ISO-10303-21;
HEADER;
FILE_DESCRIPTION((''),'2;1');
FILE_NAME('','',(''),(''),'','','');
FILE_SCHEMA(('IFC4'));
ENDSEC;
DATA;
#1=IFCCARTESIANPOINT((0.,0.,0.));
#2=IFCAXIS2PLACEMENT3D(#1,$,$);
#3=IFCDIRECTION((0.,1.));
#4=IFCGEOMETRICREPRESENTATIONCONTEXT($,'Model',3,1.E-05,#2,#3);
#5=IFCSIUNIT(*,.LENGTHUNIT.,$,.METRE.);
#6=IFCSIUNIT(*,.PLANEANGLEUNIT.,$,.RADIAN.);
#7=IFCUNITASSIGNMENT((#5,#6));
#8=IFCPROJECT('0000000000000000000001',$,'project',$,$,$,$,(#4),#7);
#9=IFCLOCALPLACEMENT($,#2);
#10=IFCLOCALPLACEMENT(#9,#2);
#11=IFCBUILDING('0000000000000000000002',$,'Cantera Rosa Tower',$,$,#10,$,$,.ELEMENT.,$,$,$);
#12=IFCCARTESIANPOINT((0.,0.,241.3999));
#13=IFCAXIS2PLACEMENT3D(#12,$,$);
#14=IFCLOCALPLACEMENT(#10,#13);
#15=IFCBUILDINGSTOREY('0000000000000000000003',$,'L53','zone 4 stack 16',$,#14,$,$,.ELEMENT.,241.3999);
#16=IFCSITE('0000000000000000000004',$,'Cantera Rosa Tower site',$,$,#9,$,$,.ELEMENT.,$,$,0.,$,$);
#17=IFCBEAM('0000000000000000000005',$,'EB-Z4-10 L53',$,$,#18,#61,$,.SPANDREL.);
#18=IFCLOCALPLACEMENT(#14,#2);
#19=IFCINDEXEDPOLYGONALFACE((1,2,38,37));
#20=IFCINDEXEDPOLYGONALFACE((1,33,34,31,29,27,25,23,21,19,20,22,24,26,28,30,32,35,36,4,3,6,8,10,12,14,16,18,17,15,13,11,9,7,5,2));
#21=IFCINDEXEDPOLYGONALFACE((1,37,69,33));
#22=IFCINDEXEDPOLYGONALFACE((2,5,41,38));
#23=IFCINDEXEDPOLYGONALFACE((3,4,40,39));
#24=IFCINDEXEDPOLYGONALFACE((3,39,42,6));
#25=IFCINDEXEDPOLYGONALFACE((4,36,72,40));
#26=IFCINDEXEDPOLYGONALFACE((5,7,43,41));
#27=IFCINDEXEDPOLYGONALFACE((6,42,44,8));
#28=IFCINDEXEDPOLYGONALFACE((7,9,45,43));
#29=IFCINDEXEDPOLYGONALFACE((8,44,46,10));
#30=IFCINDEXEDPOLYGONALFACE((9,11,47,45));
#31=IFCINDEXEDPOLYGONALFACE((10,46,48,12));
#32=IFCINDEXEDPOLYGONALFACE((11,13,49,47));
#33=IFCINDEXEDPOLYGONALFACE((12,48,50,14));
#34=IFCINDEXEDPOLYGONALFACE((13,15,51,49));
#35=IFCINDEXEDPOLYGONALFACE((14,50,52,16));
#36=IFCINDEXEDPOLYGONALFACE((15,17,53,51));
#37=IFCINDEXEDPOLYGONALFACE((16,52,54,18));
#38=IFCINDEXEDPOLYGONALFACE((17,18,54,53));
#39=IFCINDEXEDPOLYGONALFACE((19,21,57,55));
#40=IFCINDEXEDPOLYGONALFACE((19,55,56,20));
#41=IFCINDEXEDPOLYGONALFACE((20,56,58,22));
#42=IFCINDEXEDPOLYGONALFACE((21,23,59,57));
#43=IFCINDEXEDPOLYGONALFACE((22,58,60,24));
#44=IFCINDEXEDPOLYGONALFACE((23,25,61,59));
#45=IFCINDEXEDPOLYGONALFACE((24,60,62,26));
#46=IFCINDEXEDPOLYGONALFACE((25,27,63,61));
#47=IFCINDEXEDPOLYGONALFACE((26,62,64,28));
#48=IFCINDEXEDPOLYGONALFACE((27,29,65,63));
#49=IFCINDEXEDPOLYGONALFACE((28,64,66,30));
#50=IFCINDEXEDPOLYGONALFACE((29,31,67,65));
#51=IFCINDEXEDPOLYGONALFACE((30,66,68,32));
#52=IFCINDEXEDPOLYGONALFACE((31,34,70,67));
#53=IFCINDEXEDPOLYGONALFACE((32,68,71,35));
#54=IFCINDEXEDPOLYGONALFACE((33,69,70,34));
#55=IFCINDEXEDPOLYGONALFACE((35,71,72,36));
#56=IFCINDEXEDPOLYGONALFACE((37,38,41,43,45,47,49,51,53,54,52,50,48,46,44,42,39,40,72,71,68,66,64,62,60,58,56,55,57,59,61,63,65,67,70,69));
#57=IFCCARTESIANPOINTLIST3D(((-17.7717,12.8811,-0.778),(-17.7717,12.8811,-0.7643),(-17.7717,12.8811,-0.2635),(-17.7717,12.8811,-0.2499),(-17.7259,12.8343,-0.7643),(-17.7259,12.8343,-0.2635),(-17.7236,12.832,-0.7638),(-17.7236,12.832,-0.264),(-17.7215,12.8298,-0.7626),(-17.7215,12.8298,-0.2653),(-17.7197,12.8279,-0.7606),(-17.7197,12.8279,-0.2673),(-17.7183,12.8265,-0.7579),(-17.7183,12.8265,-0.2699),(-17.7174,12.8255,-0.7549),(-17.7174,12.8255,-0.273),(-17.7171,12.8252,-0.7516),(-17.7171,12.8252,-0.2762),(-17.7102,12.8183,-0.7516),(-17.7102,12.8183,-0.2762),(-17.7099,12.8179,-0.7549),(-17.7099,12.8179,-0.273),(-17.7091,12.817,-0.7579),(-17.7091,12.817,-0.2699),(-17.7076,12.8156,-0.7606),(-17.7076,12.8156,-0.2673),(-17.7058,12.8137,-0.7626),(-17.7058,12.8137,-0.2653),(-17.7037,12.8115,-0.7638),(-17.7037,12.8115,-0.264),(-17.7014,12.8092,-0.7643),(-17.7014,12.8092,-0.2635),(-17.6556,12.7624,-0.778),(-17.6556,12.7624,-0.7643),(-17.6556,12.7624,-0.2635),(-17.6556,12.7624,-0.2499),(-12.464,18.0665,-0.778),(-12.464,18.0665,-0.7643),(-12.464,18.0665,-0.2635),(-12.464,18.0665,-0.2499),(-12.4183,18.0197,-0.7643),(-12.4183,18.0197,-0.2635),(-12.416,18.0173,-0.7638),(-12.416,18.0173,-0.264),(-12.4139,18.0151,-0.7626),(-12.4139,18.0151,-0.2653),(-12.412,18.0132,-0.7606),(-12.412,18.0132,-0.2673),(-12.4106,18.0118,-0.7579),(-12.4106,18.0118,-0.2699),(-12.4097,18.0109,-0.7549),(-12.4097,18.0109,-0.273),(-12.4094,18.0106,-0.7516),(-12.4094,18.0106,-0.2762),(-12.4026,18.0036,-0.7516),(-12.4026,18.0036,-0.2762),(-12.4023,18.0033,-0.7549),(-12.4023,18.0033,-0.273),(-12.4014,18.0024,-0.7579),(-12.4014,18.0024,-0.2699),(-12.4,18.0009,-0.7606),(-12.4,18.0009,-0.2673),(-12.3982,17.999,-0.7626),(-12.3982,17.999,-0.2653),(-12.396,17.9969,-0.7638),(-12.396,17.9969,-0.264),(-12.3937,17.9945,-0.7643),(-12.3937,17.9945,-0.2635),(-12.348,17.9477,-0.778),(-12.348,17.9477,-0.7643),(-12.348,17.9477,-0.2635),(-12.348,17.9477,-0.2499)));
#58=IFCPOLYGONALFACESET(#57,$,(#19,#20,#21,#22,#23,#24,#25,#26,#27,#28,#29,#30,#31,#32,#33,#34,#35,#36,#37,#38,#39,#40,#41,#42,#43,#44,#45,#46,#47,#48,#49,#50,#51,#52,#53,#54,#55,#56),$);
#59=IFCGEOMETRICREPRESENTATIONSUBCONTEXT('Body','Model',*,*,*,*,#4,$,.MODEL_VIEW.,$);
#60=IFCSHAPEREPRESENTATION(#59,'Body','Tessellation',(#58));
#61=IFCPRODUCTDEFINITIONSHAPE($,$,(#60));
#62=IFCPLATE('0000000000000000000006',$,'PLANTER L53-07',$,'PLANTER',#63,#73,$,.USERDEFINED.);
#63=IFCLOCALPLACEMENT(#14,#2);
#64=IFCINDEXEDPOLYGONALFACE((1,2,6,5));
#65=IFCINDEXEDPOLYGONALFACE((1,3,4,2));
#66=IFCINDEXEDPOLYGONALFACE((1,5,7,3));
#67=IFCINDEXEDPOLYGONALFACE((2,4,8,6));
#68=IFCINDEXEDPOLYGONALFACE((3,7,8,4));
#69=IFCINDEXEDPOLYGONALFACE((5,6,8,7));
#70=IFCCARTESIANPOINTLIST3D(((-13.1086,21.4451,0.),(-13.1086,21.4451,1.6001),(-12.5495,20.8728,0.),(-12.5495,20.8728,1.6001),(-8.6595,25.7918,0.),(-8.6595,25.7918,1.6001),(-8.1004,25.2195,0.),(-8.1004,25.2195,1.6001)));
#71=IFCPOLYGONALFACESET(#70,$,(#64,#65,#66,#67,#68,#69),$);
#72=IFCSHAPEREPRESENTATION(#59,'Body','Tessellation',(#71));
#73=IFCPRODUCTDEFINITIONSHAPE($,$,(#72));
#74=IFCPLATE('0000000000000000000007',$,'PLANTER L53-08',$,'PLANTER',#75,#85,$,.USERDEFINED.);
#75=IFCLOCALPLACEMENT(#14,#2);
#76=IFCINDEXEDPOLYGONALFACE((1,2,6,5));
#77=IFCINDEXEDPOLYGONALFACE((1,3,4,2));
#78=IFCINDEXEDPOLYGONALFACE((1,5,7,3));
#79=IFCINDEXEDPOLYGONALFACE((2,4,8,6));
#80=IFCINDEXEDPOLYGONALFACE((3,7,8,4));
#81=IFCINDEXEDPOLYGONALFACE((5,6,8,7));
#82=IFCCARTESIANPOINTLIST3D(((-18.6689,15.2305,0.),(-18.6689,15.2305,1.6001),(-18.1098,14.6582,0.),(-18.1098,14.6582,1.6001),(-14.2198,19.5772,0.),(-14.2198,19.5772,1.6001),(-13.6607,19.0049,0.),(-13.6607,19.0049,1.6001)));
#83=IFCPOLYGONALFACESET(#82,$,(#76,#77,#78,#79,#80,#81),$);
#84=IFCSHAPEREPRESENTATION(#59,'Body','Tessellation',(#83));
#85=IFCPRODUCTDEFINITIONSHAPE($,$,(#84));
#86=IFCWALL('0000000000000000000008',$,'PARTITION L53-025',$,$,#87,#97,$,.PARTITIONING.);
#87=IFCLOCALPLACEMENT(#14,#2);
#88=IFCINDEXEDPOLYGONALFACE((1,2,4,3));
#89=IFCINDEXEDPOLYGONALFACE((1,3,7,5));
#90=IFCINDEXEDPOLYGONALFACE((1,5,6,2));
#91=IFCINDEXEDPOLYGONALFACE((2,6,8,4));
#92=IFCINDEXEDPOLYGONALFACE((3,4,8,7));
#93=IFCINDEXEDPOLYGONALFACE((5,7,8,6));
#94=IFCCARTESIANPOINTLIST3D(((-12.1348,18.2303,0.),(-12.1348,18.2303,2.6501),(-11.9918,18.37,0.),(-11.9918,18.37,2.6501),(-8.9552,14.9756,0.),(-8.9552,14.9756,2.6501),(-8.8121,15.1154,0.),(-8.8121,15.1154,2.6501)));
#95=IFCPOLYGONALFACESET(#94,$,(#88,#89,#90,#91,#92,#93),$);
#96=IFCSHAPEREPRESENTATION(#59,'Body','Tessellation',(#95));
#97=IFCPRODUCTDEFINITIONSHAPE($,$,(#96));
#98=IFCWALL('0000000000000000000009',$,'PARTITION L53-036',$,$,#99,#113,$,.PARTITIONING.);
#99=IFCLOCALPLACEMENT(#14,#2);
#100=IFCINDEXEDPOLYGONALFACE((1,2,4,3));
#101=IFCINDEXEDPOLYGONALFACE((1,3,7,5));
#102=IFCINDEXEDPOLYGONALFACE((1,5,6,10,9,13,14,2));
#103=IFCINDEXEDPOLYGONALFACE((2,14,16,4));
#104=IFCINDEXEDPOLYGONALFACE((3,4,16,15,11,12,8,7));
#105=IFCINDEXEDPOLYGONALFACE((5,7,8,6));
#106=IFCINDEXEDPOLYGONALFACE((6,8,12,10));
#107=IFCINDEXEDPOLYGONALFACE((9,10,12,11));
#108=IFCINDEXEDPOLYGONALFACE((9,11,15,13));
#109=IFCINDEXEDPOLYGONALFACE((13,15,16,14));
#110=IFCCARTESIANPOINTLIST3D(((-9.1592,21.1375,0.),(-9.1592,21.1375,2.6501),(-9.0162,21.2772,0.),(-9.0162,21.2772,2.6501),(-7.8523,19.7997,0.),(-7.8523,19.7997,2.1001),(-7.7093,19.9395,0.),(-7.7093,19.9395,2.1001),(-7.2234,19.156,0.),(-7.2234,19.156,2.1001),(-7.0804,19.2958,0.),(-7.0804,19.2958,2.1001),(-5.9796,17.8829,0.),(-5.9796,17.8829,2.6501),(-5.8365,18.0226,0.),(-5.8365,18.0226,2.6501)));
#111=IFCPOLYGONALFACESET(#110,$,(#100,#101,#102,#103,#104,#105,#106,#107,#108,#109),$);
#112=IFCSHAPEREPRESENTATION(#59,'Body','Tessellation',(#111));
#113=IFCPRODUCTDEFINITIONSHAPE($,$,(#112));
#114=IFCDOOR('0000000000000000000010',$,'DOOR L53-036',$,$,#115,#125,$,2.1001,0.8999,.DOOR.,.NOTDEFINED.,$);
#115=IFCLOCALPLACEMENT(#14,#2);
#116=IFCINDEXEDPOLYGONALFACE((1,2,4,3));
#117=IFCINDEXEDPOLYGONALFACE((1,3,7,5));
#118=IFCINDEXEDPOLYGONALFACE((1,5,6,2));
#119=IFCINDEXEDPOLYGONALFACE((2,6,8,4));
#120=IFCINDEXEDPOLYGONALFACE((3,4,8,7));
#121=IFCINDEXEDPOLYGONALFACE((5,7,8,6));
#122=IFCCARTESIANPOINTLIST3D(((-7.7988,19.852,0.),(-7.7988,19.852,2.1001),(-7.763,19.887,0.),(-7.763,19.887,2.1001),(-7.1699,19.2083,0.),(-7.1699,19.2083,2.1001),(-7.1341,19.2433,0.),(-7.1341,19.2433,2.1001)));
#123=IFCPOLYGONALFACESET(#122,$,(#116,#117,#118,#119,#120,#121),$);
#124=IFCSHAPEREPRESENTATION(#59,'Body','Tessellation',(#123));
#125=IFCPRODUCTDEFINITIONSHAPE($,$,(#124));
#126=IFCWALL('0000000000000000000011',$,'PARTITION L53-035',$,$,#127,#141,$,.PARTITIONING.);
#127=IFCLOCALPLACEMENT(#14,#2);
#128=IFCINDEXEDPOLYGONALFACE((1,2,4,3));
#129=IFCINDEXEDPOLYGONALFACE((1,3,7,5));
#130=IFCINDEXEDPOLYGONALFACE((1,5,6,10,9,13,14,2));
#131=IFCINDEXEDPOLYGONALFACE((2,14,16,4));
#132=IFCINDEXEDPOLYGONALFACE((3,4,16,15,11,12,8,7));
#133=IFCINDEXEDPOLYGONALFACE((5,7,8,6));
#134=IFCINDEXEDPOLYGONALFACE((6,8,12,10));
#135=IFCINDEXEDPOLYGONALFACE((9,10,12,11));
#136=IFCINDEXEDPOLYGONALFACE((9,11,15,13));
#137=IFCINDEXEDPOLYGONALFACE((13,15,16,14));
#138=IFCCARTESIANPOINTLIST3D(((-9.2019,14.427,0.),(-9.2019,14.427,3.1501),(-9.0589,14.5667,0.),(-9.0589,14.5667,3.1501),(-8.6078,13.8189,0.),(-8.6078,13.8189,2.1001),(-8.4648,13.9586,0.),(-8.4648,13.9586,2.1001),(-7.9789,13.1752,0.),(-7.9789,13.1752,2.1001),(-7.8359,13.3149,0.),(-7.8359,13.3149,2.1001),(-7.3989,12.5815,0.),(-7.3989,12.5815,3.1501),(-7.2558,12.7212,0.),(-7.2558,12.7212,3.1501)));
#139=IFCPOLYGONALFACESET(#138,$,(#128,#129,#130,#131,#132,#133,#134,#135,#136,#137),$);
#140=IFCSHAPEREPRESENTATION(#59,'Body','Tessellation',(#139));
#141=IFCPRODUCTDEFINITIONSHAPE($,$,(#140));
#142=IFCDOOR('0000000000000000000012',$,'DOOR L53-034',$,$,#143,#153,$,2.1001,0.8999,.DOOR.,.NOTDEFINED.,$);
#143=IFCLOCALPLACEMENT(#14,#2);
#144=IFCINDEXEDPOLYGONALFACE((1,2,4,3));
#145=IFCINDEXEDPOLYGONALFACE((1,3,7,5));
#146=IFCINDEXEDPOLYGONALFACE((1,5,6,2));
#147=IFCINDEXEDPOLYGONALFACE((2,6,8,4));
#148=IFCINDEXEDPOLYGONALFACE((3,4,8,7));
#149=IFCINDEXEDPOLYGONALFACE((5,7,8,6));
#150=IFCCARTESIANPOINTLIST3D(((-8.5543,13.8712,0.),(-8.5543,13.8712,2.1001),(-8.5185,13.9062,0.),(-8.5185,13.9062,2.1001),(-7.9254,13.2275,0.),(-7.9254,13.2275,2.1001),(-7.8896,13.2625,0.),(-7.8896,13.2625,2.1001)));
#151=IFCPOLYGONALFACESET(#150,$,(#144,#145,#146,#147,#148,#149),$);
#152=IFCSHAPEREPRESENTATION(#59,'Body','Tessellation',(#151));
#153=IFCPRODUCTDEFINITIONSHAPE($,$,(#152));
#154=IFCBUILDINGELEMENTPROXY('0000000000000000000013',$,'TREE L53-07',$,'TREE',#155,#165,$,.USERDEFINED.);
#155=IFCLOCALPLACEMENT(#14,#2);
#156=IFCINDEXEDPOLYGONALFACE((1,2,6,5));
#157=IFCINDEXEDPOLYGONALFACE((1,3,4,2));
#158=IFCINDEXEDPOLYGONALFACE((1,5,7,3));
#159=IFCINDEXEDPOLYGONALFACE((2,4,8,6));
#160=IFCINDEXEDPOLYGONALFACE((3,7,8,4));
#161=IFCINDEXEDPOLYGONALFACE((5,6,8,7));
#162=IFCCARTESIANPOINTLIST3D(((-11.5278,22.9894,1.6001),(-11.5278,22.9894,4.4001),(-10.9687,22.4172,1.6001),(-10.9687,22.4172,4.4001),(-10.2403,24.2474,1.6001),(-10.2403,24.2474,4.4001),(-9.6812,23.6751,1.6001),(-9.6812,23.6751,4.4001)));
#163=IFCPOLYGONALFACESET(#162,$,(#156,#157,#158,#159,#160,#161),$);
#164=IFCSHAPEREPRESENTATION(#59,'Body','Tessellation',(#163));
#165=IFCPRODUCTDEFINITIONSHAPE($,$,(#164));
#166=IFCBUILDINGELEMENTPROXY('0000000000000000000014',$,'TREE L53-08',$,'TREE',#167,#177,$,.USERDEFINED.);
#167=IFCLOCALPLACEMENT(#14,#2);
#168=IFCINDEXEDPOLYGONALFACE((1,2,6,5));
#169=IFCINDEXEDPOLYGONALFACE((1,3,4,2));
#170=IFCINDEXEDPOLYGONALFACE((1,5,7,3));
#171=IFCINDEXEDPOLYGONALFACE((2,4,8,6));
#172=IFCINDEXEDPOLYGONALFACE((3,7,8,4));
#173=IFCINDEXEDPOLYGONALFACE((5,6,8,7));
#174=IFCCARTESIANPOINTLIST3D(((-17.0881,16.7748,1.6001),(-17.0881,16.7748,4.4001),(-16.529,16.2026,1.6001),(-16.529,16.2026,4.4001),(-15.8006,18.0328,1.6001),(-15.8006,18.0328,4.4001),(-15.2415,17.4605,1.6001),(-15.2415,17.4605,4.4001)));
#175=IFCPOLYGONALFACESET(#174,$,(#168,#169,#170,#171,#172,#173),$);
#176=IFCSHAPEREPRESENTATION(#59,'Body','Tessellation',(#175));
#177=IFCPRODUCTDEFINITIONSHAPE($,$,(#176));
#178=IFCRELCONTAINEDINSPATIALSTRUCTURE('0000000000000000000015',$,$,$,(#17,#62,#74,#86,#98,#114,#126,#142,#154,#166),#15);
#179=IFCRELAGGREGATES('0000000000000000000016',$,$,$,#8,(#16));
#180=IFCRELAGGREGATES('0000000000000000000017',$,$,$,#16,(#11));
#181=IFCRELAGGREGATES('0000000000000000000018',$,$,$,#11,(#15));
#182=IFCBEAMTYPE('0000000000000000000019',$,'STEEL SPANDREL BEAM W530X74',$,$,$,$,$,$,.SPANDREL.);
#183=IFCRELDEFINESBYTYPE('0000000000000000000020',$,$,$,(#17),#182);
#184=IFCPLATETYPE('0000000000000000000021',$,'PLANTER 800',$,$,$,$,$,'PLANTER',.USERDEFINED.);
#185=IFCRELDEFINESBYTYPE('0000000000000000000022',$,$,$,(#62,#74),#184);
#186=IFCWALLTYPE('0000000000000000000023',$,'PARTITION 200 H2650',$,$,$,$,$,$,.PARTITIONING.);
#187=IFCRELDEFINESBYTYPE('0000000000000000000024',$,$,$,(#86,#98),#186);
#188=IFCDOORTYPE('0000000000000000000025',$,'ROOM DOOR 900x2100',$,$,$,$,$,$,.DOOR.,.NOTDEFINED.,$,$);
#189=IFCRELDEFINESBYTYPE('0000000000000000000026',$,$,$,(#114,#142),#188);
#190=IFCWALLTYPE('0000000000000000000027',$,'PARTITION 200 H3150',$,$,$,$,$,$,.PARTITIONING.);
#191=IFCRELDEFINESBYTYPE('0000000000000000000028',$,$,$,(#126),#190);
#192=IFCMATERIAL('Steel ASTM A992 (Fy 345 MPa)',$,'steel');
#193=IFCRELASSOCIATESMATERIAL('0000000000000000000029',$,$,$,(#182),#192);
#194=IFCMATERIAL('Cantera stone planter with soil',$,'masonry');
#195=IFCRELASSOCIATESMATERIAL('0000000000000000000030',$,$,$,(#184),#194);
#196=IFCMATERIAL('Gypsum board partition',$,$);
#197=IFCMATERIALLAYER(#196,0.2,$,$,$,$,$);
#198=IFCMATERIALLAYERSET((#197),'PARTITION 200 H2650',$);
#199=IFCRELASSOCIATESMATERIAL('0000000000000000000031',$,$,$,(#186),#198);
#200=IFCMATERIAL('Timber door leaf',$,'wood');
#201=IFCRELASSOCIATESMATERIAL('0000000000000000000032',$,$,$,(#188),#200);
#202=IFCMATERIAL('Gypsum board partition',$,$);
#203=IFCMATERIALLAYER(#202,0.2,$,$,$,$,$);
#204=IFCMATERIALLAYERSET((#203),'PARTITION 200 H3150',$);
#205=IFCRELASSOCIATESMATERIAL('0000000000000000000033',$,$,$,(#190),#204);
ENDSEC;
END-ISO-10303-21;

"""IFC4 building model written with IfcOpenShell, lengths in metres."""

from ifc_helpers import new_model, si_unit, direction, frame, frame_2d, origin, origin_2d, place, context, subcontext, project, spatial, rectangle, i_section, extrude, material, layer, layer_set, material_profile, profile_set, type_object, element, fill, save


model = new_model("IFC4")

# Units and contexts
model_context = context("Model", 3, precision=1e-05, world=origin(), true_north=direction((0.0, 1.0)))
body_context = subcontext(model_context, "Body", "Model", "MODEL_VIEW")
ifc_project = project(units=[si_unit("LENGTHUNIT", "METRE"), si_unit("PLANEANGLEUNIT", "RADIAN")], contexts=[model_context])

# Site, building, storey
site_placement = place(None, origin())
site = spatial("IfcSite", under=ifc_project, at=site_placement, Name="Cantera Rosa Tower site", CompositionType="ELEMENT", RefElevation=0.0)
building_placement = place(site_placement, origin())
building = spatial("IfcBuilding", under=site, at=building_placement, Name="Cantera Rosa Tower", CompositionType="ELEMENT")
storey_placement = place(building_placement, frame((0.0, 0.0, 241.3999)))
storey = spatial("IfcBuildingStorey", under=building, at=storey_placement, Name="L53", Description="zone 4 stack 16", CompositionType="ELEMENT", Elevation=241.3999)

# Beam
ifc_material_1 = material(Name="Steel ASTM A992 (Fy 345 MPa)", Category="steel")
ifc_material_profile_1 = material_profile(ifc_material_1, i_section(OverallWidth=0.166, OverallDepth=0.5281, WebThickness=0.0098, FlangeThickness=0.0137, FilletRadius=0.0127, at=origin_2d()), Name="W530X74")
ifc_profile_set_1 = profile_set([ifc_material_profile_1], Name="Steel ASTM A992 (Fy 345 MPa)")
beam_type_1 = type_object("IfcBeamType", Name="STEEL SPANDREL BEAM W530X74", PredefinedType="SPANDREL", material=ifc_profile_set_1)
beam_1_placement = place(storey_placement, frame((-12.406, 18.0071, -0.5139), z_axis=(-0.715301, -0.698817, 0.0), x_axis=(0.698817, -0.715301, 0.0)))
element("IfcBeam", 1, at=beam_1_placement, inside=storey, type_object=beam_type_1, Name="EB-Z4-10 L53", PredefinedType="SPANDREL", context=body_context, shape_type="SweptSolid", body=[
    extrude(i_section(OverallWidth=0.166, OverallDepth=0.5281, WebThickness=0.0098, FlangeThickness=0.0137, FilletRadius=0.0127, at=origin_2d()), origin(), (0.0, 0.0, 1.0), 7.4202),
])

# Plates
ifc_material_2 = material(Name="Cantera stone planter with soil", Category="masonry")
plate_type = type_object("IfcPlateType", Name="PLANTER 800", ElementType="PLANTER", PredefinedType="USERDEFINED", material=ifc_material_2)
for number, where, z_axis, x_axis, name in (
    (2, (-10.6045, 23.3323, 0.0), (0.0, 0.0, 1.0), (-0.715286, -0.698832, 0.0), "PLANTER L53-07"),
    (3, (-16.1648, 17.1177, 0.0), (0.0, 0.0, 1.0), (-0.715286, -0.698832, 0.0), "PLANTER L53-08"),
):
    element("IfcPlate", number, at=place(storey_placement, frame(where, z_axis=z_axis, x_axis=x_axis)), inside=storey, type_object=plate_type, Name=name, ObjectType="PLANTER", PredefinedType="USERDEFINED", context=body_context, shape_type="SweptSolid", body=[
        extrude(rectangle(XDim=6.22, YDim=0.8, at=origin_2d()), origin(), (0.0, 0.0, 1.0), 1.6001),
    ])

# Wall
ifc_material_3 = material(Name="Gypsum board partition")
ifc_layer_1 = layer(ifc_material_3, 0.2)
ifc_layer_set_1 = layer_set([ifc_layer_1], Name="PARTITION 200 H2650")
wall_type_1 = type_object("IfcWallType", Name="PARTITION 200 H2650", PredefinedType="PARTITIONING", material=ifc_layer_set_1)
wall_1_placement = place(storey_placement, frame((-12.0632, 18.3, 0.0), z_axis=(0.0, 0.0, 1.0), x_axis=(0.698823, -0.715295, 0.0)))
element("IfcWall", 4, at=wall_1_placement, inside=storey, type_object=wall_type_1, Name="PARTITION L53-025", PredefinedType="PARTITIONING", context=body_context, shape_type="SweptSolid", body=[
    extrude(rectangle(XDim=4.55, YDim=0.2, at=frame_2d((2.2749, 0.0))), origin(), (0.0, 0.0, 1.0), 2.6501),
])

# Walls, openings, doors
wall_2_placement = place(storey_placement, frame((-9.0876, 21.2073, 0.0), z_axis=(0.0, 0.0, 1.0), x_axis=(0.698823, -0.715295, 0.0)))
wall_2 = element("IfcWall", 5, at=wall_2_placement, inside=storey, type_object=wall_type_1, Name="PARTITION L53-036", PredefinedType="PARTITIONING", context=body_context, shape_type="SweptSolid", body=[
    extrude(rectangle(XDim=4.55, YDim=0.2, at=frame_2d((2.2749, 0.0))), origin(), (0.0, 0.0, 1.0), 2.6501),
])
opening_1_placement = place(wall_2_placement, frame((1.8701, 0.0, 0.0)))
opening_1 = element("IfcOpeningElement", 6, at=opening_1_placement, cuts=wall_2, PredefinedType="OPENING", context=body_context, shape_type="SweptSolid", body=[
    extrude(rectangle(XDim=0.8999, YDim=2.1001, at=frame_2d((0.45, 1.05))), frame((0.0, 0.1099, 0.0), z_axis=(0.0, -1.0, 0.0), x_axis=(1.0, 0.0, 0.0)), (0.0, 0.0, 1.0), 0.22),
])
ifc_material_4 = material(Name="Timber door leaf", Category="wood")
door_type_1 = type_object("IfcDoorType", Name="ROOM DOOR 900x2100", OperationType="NOTDEFINED", PredefinedType="DOOR", material=ifc_material_4)
door_1_placement = place(opening_1_placement, origin())
door_1 = element("IfcDoor", 7, at=door_1_placement, inside=storey, type_object=door_type_1, Name="DOOR L53-036", OperationType="NOTDEFINED", OverallHeight=2.1001, OverallWidth=0.8999, PredefinedType="DOOR", context=body_context, shape_type="SweptSolid", body=[
    extrude(rectangle(XDim=0.8999, YDim=2.1001, at=frame_2d((0.45, 1.05))), frame((0.0, 0.0249, 0.0), z_axis=(0.0, -1.0, 0.0), x_axis=(1.0, 0.0, 0.0)), (0.0, 0.0, 1.0), 0.05),
])
fill(opening_1, door_1)
ifc_material_5 = material(Name="Gypsum board partition")
ifc_layer_2 = layer(ifc_material_5, 0.2)
ifc_layer_set_2 = layer_set([ifc_layer_2], Name="PARTITION 200 H3150")
wall_type_2 = type_object("IfcWallType", Name="PARTITION 200 H3150", PredefinedType="PARTITIONING", material=ifc_layer_set_2)
wall_3_placement = place(storey_placement, frame((-9.1304, 14.4968, 0.0), z_axis=(0.0, 0.0, 1.0), x_axis=(0.698826, -0.715291, 0.0)))
wall_3 = element("IfcWall", 8, at=wall_3_placement, inside=storey, type_object=wall_type_2, Name="PARTITION L53-035", PredefinedType="PARTITIONING", context=body_context, shape_type="SweptSolid", body=[
    extrude(rectangle(XDim=2.5801, YDim=0.2, at=frame_2d((1.29, 0.0))), origin(), (0.0, 0.0, 1.0), 3.1501),
])
opening_2_placement = place(wall_3_placement, frame((0.8501, 0.0, 0.0)))
opening_2 = element("IfcOpeningElement", 9, at=opening_2_placement, cuts=wall_3, PredefinedType="OPENING", context=body_context, shape_type="SweptSolid", body=[
    extrude(rectangle(XDim=0.8999, YDim=2.1001, at=frame_2d((0.45, 1.05))), frame((0.0, 0.1099, 0.0), z_axis=(0.0, -1.0, 0.0), x_axis=(1.0, 0.0, 0.0)), (0.0, 0.0, 1.0), 0.22),
])
door_2_placement = place(opening_2_placement, origin())
door_2 = element("IfcDoor", 10, at=door_2_placement, inside=storey, type_object=door_type_1, Name="DOOR L53-034", OperationType="NOTDEFINED", OverallHeight=2.1001, OverallWidth=0.8999, PredefinedType="DOOR", context=body_context, shape_type="SweptSolid", body=[
    extrude(rectangle(XDim=0.8999, YDim=2.1001, at=frame_2d((0.45, 1.05))), frame((0.0, 0.0249, 0.0), z_axis=(0.0, -1.0, 0.0), x_axis=(1.0, 0.0, 0.0)), (0.0, 0.0, 1.0), 0.05),
])
fill(opening_2, door_2)

# Building element proxies
for number, where, z_axis, x_axis, name in (
    (11, (-10.6045, 23.3323, 1.6001), (0.0, 0.0, 1.0), (-0.715286, -0.698832, 0.0), "TREE L53-07"),
    (12, (-16.1648, 17.1177, 1.6001), (0.0, 0.0, 1.0), (-0.715286, -0.698832, 0.0), "TREE L53-08"),
):
    element("IfcBuildingElementProxy", number, at=place(storey_placement, frame(where, z_axis=z_axis, x_axis=x_axis)), inside=storey, Name=name, ObjectType="TREE", PredefinedType="USERDEFINED", context=body_context, shape_type="SweptSolid", body=[
        extrude(rectangle(XDim=1.8, YDim=0.8, at=origin_2d()), origin(), (0.0, 0.0, 1.0), 2.8),
    ])

save(model, "model.ifc")
